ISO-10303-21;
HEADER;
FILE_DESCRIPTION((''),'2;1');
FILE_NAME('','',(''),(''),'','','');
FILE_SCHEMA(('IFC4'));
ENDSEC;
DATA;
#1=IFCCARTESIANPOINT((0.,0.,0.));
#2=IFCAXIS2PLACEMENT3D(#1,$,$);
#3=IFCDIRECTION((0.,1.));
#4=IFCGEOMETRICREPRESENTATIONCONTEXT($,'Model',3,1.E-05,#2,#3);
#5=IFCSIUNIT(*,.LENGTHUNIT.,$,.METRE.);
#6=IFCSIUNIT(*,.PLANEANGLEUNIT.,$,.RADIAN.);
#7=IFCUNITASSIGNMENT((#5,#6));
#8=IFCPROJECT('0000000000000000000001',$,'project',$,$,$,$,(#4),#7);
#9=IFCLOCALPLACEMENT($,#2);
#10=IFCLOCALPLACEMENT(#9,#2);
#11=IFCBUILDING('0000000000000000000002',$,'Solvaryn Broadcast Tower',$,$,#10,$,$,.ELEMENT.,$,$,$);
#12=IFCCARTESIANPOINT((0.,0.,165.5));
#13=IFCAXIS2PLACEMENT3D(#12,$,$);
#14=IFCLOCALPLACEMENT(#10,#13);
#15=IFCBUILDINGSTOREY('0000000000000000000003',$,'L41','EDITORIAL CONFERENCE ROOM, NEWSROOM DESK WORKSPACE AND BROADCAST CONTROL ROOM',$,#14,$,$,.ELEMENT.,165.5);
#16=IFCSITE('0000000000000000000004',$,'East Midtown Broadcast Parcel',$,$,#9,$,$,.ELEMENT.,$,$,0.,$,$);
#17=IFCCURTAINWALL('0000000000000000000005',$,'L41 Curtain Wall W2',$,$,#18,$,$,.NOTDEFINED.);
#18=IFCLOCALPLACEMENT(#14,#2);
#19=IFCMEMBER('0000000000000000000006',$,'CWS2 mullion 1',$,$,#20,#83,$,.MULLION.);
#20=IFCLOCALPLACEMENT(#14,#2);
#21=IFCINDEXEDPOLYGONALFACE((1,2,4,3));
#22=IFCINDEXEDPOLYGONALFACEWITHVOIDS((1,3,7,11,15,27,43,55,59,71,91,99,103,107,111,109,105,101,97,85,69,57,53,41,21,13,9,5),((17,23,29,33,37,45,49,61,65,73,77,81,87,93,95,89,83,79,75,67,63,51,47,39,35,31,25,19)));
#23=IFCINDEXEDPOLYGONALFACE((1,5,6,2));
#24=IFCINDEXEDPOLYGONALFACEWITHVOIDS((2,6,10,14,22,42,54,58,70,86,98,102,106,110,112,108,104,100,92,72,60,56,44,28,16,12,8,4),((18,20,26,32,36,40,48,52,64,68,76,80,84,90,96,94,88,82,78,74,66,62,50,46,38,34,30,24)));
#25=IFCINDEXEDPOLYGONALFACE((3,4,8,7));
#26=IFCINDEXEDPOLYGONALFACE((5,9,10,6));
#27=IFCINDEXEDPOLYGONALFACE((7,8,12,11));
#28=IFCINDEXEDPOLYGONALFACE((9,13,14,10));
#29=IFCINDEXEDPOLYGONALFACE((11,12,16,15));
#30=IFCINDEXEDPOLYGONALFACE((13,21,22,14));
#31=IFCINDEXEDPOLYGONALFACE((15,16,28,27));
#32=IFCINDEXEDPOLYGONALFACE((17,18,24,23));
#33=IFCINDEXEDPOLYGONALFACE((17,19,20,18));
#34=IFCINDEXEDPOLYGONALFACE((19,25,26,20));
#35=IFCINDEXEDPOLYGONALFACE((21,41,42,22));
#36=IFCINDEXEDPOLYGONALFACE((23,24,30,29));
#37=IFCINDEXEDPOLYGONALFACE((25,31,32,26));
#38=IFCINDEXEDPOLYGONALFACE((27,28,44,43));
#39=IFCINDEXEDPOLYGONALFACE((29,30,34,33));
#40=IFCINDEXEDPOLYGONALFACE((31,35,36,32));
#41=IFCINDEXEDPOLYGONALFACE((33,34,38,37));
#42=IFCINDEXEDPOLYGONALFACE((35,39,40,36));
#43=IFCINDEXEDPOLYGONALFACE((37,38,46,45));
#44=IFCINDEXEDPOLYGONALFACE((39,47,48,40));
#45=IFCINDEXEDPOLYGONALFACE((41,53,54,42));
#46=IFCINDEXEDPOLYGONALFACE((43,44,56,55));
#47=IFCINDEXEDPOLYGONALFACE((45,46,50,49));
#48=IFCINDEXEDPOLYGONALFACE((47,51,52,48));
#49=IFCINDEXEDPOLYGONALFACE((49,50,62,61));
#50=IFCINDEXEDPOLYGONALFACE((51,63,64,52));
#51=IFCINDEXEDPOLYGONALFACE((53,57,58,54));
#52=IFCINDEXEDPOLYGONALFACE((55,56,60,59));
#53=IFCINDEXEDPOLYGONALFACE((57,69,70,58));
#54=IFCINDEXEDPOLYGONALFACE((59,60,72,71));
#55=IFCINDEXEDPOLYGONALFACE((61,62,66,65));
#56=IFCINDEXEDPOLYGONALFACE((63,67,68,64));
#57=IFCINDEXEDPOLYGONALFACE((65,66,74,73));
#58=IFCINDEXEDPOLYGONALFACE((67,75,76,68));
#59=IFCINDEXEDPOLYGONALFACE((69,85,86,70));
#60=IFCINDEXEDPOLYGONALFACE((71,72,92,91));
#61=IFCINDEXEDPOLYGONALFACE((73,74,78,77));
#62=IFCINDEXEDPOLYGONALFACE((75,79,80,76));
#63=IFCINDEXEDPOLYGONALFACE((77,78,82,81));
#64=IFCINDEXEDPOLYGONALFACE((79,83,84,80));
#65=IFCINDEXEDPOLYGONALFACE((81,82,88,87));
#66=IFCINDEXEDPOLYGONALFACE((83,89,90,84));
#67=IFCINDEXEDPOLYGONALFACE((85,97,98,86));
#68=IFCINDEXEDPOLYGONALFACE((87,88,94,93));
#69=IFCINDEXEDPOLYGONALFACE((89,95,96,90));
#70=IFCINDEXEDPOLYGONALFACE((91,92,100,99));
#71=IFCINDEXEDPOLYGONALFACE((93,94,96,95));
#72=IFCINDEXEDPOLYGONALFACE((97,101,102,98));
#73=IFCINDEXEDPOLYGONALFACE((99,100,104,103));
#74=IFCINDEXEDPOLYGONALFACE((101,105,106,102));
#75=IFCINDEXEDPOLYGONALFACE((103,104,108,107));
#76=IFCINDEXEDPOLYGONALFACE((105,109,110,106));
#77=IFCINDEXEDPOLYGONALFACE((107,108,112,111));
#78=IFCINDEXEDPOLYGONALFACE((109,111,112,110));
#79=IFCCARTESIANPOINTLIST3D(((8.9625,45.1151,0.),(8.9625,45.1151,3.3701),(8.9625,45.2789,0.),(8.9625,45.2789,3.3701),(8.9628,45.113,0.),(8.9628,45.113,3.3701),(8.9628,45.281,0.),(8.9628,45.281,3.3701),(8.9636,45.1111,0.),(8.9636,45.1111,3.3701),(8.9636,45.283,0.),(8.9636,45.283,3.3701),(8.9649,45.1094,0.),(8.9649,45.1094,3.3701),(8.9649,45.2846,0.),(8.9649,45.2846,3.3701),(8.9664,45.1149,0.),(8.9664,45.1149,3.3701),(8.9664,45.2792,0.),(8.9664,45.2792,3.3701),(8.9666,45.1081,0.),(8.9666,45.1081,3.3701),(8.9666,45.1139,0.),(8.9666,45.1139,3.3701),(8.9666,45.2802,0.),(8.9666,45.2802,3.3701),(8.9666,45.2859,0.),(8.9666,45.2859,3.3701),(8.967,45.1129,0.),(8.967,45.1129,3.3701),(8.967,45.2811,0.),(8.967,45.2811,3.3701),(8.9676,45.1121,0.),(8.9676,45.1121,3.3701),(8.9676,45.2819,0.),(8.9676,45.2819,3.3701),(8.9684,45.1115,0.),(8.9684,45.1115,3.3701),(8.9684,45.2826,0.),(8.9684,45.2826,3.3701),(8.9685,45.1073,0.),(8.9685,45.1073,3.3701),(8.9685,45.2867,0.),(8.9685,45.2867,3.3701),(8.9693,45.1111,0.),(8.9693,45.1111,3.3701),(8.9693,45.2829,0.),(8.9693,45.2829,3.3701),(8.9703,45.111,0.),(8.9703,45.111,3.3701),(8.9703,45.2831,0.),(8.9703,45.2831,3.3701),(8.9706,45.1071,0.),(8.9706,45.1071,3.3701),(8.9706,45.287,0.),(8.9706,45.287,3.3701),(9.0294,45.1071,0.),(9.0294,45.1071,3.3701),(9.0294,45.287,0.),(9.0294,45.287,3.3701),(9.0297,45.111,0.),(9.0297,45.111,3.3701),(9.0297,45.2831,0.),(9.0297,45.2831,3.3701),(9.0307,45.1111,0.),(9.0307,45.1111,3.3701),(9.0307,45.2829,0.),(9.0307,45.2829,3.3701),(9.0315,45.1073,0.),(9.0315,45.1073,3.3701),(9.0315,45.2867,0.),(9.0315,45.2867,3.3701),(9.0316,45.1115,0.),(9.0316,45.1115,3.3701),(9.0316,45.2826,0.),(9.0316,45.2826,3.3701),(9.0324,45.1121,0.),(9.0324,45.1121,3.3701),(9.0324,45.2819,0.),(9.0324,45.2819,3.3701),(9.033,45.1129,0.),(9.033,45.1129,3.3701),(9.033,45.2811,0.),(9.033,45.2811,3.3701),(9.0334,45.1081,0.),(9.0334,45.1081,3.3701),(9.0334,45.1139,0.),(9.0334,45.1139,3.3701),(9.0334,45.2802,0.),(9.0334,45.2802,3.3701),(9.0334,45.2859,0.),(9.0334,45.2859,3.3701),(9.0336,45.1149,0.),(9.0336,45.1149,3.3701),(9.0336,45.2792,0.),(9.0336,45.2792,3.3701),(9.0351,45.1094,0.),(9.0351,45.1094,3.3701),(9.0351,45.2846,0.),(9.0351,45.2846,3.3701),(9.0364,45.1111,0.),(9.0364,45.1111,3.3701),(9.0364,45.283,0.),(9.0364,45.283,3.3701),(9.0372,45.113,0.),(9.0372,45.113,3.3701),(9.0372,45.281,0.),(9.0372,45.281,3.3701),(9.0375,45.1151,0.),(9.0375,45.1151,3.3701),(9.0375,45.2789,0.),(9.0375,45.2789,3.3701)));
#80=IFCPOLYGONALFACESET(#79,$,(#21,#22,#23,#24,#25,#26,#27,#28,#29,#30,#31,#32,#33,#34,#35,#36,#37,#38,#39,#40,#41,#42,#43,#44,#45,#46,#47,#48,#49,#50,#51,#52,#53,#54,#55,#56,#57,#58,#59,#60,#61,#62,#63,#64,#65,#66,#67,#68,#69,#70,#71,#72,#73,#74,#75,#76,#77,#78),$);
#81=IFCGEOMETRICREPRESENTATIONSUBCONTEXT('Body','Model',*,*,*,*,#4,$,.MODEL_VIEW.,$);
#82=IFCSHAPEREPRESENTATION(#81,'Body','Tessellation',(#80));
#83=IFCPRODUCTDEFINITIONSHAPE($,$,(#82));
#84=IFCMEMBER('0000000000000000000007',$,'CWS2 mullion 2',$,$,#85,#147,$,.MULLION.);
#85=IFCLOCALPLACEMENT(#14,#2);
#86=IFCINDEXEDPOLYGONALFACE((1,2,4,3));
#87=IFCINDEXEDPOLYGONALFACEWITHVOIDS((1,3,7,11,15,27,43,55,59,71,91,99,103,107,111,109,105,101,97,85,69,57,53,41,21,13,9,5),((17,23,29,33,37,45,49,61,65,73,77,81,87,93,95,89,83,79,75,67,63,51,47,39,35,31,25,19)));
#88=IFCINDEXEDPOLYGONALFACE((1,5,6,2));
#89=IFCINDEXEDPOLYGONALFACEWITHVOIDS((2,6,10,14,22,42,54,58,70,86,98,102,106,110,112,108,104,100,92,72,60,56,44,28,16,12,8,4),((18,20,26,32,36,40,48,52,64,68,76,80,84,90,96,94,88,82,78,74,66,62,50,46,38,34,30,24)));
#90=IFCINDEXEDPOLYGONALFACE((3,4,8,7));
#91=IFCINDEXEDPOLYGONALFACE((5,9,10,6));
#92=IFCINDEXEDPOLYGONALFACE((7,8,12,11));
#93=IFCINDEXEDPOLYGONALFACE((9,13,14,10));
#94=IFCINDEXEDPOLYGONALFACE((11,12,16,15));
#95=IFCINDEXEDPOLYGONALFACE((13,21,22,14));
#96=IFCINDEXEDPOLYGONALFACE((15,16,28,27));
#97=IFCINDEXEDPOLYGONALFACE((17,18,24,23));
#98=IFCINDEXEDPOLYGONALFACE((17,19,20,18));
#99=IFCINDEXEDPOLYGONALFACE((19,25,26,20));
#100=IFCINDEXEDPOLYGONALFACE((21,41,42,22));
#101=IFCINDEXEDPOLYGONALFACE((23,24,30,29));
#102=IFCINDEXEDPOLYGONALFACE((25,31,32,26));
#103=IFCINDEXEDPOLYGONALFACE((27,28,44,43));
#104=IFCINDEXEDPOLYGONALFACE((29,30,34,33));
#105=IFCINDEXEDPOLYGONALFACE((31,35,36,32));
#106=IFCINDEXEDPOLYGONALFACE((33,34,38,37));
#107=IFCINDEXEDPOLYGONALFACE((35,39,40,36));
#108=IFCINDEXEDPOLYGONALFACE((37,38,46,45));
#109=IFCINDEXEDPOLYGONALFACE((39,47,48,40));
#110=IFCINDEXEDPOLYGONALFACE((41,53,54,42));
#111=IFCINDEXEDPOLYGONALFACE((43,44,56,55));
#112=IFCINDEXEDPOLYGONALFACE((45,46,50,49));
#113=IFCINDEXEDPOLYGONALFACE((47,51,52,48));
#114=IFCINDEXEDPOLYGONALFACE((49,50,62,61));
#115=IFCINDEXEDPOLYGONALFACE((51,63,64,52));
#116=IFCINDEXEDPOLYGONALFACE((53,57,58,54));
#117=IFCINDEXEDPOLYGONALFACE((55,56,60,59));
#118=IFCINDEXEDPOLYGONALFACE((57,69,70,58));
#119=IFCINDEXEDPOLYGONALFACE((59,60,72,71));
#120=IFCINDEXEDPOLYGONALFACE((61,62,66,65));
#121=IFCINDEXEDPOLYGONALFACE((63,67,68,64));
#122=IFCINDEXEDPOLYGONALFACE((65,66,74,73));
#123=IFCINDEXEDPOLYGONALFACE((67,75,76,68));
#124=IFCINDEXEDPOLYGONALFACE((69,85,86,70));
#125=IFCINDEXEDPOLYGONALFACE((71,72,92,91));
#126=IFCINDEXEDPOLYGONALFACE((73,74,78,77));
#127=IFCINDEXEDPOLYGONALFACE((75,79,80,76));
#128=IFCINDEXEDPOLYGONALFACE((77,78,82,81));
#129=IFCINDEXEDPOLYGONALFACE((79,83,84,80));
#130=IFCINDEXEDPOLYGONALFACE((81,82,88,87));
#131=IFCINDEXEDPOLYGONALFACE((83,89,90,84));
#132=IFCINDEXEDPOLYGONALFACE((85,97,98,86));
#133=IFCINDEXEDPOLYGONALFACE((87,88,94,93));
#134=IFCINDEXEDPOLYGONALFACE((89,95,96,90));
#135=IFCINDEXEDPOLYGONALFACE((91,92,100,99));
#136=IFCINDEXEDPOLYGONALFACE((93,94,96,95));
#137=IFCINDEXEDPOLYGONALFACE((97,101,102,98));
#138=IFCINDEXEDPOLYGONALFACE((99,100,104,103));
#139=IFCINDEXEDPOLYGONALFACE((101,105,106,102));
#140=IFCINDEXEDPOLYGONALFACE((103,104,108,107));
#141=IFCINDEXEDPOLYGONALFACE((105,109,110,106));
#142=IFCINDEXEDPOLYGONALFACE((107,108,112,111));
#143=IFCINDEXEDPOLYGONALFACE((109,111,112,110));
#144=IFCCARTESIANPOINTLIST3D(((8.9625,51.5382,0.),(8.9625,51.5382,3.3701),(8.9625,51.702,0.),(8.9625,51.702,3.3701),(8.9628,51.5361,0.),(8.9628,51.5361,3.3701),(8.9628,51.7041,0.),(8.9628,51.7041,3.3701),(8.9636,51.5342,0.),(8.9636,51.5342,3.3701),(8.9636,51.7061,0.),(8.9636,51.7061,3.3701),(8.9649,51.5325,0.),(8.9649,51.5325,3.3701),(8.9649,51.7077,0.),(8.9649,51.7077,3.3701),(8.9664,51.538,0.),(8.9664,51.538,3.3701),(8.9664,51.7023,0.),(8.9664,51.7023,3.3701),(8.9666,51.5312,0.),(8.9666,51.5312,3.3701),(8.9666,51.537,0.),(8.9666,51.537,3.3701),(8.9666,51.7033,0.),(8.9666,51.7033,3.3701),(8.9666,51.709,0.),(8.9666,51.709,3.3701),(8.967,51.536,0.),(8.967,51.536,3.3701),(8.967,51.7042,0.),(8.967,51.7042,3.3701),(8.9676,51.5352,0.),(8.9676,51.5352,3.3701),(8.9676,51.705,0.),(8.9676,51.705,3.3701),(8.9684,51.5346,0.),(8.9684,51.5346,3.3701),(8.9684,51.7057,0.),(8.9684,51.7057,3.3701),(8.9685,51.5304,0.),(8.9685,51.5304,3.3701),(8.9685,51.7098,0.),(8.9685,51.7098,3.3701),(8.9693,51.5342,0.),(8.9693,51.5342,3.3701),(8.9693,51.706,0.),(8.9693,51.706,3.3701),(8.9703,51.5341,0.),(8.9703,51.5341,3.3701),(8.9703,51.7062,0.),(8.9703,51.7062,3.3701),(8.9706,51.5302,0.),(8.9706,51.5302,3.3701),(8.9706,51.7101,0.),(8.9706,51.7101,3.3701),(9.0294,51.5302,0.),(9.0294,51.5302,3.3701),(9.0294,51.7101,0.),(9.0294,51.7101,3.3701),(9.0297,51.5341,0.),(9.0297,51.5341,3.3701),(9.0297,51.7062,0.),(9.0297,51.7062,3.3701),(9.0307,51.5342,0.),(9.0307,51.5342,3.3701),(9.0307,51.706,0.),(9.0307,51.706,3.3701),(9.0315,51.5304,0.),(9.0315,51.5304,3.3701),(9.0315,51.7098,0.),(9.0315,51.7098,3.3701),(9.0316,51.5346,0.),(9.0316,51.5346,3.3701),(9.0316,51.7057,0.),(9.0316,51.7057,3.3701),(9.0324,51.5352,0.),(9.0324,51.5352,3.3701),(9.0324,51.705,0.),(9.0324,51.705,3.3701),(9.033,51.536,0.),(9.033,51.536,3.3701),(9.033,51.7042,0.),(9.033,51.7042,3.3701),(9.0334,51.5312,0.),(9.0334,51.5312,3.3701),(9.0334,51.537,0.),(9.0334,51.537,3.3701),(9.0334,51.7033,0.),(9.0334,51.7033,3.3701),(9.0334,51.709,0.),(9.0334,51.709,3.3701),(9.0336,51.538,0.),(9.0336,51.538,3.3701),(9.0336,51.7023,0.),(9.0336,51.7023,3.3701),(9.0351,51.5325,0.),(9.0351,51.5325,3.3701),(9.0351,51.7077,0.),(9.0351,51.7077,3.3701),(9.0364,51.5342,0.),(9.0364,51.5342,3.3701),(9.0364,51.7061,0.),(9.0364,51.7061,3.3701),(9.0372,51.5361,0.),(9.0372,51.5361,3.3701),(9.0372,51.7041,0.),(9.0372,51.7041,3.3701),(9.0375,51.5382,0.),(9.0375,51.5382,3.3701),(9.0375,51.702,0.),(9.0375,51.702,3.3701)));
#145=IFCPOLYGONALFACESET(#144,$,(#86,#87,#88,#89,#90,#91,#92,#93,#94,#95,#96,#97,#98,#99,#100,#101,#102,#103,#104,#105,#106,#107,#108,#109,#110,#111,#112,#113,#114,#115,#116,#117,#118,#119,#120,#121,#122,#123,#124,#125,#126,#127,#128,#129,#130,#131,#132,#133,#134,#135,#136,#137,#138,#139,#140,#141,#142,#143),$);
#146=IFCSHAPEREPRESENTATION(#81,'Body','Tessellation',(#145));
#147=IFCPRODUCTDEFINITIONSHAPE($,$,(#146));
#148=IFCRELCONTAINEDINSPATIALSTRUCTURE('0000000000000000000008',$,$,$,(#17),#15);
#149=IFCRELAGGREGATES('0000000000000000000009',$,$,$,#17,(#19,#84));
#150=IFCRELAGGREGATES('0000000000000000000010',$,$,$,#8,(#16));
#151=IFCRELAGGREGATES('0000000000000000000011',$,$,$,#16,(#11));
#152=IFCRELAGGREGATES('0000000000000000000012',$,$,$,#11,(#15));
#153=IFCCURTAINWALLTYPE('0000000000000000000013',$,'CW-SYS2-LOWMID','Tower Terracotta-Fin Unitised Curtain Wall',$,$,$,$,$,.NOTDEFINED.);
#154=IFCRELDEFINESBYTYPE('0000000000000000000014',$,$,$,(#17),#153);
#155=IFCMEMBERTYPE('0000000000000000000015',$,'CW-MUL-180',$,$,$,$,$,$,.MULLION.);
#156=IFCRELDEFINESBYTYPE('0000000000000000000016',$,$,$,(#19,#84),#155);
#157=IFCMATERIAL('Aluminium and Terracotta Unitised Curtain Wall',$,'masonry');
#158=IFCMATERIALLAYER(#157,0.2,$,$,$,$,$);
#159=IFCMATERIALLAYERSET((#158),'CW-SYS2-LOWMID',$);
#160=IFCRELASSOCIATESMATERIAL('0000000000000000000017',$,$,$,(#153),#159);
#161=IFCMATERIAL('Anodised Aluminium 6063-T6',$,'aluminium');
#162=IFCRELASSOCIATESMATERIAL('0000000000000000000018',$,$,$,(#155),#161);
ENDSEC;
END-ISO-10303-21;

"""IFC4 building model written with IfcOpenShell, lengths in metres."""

from ifc_helpers import new_model, si_unit, direction, frame, origin, origin_2d, place, context, subcontext, project, spatial, hollow_rectangle, extrude, material, layer, layer_set, material_profile, profile_set, type_object, element, aggregate, save


model = new_model("IFC4")

# Units and contexts
model_context = context("Model", 3, precision=1e-05, world=origin(), true_north=direction((0.0, 1.0)))
body_context = subcontext(model_context, "Body", "Model", "MODEL_VIEW")
ifc_project = project(units=[si_unit("LENGTHUNIT", "METRE"), si_unit("PLANEANGLEUNIT", "RADIAN")], contexts=[model_context])

# Site, building, storey
site_placement = place(None, origin())
site = spatial("IfcSite", under=ifc_project, at=site_placement, Name="East Midtown Broadcast Parcel", CompositionType="ELEMENT", RefElevation=0.0)
building_placement = place(site_placement, origin())
building = spatial("IfcBuilding", under=site, at=building_placement, Name="Solvaryn Broadcast Tower", CompositionType="ELEMENT")
storey_placement = place(building_placement, frame((0.0, 0.0, 165.5)))
storey = spatial("IfcBuildingStorey", under=building, at=storey_placement, Name="L41", Description="EDITORIAL CONFERENCE ROOM, NEWSROOM DESK WORKSPACE AND BROADCAST CONTROL ROOM", CompositionType="ELEMENT", Elevation=165.5)

# Shared definitions
ifc_material_1 = material(Name="Aluminium and Terracotta Unitised Curtain Wall", Category="masonry")
ifc_layer_1 = layer(ifc_material_1, 0.2)
ifc_layer_set_1 = layer_set([ifc_layer_1], Name="CW-SYS2-LOWMID")
curtain_wall_type = type_object("IfcCurtainWallType", Name="CW-SYS2-LOWMID", Description="Tower Terracotta-Fin Unitised Curtain Wall", PredefinedType="NOTDEFINED", material=ifc_layer_set_1)
ifc_material_2 = material(Name="Anodised Aluminium 6063-T6", Category="aluminium")
ifc_material_profile_1 = material_profile(ifc_material_2, hollow_rectangle(XDim=0.075, YDim=0.1799, WallThickness=0.0039, InnerFilletRadius=0.0039, OuterFilletRadius=0.0081, at=origin_2d()))
ifc_profile_set_1 = profile_set([ifc_material_profile_1], Name="Anodised Aluminium 6063-T6")
member_type_1 = type_object("IfcMemberType", Name="CW-MUL-180", PredefinedType="MULLION", material=ifc_profile_set_1)

# Curtain wall, members
curtain_wall_1_placement = place(storey_placement, origin())
curtain_wall_1 = element("IfcCurtainWall", 1, at=curtain_wall_1_placement, inside=storey, type_object=curtain_wall_type, Name="L41 Curtain Wall W2", PredefinedType="NOTDEFINED")
member_1_placement = place(storey_placement, frame((9.0, 45.197, 0.0), z_axis=(0.0, 0.0, 1.0), x_axis=(-1.0, 0.0, 0.0)))
member_1 = element("IfcMember", 2, at=member_1_placement, type_object=member_type_1, Name="CWS2 mullion 1", PredefinedType="MULLION", context=body_context, shape_type="SweptSolid", body=[
    extrude(hollow_rectangle(XDim=0.075, YDim=0.1799, WallThickness=0.0039, InnerFilletRadius=0.0039, OuterFilletRadius=0.0081, at=origin_2d()), origin(), (0.0, 0.0, 1.0), 3.3701),
])
member_2_placement = place(storey_placement, frame((9.0, 51.6201, 0.0), z_axis=(0.0, 0.0, 1.0), x_axis=(-1.0, 0.0, 0.0)))
member_2 = element("IfcMember", 3, at=member_2_placement, type_object=member_type_1, Name="CWS2 mullion 2", PredefinedType="MULLION", context=body_context, shape_type="SweptSolid", body=[
    extrude(hollow_rectangle(XDim=0.075, YDim=0.1799, WallThickness=0.0039, InnerFilletRadius=0.0039, OuterFilletRadius=0.0081, at=origin_2d()), origin(), (0.0, 0.0, 1.0), 3.3701),
])

aggregate(curtain_wall_1, [member_1, member_2])

save(model, "model.ifc")
